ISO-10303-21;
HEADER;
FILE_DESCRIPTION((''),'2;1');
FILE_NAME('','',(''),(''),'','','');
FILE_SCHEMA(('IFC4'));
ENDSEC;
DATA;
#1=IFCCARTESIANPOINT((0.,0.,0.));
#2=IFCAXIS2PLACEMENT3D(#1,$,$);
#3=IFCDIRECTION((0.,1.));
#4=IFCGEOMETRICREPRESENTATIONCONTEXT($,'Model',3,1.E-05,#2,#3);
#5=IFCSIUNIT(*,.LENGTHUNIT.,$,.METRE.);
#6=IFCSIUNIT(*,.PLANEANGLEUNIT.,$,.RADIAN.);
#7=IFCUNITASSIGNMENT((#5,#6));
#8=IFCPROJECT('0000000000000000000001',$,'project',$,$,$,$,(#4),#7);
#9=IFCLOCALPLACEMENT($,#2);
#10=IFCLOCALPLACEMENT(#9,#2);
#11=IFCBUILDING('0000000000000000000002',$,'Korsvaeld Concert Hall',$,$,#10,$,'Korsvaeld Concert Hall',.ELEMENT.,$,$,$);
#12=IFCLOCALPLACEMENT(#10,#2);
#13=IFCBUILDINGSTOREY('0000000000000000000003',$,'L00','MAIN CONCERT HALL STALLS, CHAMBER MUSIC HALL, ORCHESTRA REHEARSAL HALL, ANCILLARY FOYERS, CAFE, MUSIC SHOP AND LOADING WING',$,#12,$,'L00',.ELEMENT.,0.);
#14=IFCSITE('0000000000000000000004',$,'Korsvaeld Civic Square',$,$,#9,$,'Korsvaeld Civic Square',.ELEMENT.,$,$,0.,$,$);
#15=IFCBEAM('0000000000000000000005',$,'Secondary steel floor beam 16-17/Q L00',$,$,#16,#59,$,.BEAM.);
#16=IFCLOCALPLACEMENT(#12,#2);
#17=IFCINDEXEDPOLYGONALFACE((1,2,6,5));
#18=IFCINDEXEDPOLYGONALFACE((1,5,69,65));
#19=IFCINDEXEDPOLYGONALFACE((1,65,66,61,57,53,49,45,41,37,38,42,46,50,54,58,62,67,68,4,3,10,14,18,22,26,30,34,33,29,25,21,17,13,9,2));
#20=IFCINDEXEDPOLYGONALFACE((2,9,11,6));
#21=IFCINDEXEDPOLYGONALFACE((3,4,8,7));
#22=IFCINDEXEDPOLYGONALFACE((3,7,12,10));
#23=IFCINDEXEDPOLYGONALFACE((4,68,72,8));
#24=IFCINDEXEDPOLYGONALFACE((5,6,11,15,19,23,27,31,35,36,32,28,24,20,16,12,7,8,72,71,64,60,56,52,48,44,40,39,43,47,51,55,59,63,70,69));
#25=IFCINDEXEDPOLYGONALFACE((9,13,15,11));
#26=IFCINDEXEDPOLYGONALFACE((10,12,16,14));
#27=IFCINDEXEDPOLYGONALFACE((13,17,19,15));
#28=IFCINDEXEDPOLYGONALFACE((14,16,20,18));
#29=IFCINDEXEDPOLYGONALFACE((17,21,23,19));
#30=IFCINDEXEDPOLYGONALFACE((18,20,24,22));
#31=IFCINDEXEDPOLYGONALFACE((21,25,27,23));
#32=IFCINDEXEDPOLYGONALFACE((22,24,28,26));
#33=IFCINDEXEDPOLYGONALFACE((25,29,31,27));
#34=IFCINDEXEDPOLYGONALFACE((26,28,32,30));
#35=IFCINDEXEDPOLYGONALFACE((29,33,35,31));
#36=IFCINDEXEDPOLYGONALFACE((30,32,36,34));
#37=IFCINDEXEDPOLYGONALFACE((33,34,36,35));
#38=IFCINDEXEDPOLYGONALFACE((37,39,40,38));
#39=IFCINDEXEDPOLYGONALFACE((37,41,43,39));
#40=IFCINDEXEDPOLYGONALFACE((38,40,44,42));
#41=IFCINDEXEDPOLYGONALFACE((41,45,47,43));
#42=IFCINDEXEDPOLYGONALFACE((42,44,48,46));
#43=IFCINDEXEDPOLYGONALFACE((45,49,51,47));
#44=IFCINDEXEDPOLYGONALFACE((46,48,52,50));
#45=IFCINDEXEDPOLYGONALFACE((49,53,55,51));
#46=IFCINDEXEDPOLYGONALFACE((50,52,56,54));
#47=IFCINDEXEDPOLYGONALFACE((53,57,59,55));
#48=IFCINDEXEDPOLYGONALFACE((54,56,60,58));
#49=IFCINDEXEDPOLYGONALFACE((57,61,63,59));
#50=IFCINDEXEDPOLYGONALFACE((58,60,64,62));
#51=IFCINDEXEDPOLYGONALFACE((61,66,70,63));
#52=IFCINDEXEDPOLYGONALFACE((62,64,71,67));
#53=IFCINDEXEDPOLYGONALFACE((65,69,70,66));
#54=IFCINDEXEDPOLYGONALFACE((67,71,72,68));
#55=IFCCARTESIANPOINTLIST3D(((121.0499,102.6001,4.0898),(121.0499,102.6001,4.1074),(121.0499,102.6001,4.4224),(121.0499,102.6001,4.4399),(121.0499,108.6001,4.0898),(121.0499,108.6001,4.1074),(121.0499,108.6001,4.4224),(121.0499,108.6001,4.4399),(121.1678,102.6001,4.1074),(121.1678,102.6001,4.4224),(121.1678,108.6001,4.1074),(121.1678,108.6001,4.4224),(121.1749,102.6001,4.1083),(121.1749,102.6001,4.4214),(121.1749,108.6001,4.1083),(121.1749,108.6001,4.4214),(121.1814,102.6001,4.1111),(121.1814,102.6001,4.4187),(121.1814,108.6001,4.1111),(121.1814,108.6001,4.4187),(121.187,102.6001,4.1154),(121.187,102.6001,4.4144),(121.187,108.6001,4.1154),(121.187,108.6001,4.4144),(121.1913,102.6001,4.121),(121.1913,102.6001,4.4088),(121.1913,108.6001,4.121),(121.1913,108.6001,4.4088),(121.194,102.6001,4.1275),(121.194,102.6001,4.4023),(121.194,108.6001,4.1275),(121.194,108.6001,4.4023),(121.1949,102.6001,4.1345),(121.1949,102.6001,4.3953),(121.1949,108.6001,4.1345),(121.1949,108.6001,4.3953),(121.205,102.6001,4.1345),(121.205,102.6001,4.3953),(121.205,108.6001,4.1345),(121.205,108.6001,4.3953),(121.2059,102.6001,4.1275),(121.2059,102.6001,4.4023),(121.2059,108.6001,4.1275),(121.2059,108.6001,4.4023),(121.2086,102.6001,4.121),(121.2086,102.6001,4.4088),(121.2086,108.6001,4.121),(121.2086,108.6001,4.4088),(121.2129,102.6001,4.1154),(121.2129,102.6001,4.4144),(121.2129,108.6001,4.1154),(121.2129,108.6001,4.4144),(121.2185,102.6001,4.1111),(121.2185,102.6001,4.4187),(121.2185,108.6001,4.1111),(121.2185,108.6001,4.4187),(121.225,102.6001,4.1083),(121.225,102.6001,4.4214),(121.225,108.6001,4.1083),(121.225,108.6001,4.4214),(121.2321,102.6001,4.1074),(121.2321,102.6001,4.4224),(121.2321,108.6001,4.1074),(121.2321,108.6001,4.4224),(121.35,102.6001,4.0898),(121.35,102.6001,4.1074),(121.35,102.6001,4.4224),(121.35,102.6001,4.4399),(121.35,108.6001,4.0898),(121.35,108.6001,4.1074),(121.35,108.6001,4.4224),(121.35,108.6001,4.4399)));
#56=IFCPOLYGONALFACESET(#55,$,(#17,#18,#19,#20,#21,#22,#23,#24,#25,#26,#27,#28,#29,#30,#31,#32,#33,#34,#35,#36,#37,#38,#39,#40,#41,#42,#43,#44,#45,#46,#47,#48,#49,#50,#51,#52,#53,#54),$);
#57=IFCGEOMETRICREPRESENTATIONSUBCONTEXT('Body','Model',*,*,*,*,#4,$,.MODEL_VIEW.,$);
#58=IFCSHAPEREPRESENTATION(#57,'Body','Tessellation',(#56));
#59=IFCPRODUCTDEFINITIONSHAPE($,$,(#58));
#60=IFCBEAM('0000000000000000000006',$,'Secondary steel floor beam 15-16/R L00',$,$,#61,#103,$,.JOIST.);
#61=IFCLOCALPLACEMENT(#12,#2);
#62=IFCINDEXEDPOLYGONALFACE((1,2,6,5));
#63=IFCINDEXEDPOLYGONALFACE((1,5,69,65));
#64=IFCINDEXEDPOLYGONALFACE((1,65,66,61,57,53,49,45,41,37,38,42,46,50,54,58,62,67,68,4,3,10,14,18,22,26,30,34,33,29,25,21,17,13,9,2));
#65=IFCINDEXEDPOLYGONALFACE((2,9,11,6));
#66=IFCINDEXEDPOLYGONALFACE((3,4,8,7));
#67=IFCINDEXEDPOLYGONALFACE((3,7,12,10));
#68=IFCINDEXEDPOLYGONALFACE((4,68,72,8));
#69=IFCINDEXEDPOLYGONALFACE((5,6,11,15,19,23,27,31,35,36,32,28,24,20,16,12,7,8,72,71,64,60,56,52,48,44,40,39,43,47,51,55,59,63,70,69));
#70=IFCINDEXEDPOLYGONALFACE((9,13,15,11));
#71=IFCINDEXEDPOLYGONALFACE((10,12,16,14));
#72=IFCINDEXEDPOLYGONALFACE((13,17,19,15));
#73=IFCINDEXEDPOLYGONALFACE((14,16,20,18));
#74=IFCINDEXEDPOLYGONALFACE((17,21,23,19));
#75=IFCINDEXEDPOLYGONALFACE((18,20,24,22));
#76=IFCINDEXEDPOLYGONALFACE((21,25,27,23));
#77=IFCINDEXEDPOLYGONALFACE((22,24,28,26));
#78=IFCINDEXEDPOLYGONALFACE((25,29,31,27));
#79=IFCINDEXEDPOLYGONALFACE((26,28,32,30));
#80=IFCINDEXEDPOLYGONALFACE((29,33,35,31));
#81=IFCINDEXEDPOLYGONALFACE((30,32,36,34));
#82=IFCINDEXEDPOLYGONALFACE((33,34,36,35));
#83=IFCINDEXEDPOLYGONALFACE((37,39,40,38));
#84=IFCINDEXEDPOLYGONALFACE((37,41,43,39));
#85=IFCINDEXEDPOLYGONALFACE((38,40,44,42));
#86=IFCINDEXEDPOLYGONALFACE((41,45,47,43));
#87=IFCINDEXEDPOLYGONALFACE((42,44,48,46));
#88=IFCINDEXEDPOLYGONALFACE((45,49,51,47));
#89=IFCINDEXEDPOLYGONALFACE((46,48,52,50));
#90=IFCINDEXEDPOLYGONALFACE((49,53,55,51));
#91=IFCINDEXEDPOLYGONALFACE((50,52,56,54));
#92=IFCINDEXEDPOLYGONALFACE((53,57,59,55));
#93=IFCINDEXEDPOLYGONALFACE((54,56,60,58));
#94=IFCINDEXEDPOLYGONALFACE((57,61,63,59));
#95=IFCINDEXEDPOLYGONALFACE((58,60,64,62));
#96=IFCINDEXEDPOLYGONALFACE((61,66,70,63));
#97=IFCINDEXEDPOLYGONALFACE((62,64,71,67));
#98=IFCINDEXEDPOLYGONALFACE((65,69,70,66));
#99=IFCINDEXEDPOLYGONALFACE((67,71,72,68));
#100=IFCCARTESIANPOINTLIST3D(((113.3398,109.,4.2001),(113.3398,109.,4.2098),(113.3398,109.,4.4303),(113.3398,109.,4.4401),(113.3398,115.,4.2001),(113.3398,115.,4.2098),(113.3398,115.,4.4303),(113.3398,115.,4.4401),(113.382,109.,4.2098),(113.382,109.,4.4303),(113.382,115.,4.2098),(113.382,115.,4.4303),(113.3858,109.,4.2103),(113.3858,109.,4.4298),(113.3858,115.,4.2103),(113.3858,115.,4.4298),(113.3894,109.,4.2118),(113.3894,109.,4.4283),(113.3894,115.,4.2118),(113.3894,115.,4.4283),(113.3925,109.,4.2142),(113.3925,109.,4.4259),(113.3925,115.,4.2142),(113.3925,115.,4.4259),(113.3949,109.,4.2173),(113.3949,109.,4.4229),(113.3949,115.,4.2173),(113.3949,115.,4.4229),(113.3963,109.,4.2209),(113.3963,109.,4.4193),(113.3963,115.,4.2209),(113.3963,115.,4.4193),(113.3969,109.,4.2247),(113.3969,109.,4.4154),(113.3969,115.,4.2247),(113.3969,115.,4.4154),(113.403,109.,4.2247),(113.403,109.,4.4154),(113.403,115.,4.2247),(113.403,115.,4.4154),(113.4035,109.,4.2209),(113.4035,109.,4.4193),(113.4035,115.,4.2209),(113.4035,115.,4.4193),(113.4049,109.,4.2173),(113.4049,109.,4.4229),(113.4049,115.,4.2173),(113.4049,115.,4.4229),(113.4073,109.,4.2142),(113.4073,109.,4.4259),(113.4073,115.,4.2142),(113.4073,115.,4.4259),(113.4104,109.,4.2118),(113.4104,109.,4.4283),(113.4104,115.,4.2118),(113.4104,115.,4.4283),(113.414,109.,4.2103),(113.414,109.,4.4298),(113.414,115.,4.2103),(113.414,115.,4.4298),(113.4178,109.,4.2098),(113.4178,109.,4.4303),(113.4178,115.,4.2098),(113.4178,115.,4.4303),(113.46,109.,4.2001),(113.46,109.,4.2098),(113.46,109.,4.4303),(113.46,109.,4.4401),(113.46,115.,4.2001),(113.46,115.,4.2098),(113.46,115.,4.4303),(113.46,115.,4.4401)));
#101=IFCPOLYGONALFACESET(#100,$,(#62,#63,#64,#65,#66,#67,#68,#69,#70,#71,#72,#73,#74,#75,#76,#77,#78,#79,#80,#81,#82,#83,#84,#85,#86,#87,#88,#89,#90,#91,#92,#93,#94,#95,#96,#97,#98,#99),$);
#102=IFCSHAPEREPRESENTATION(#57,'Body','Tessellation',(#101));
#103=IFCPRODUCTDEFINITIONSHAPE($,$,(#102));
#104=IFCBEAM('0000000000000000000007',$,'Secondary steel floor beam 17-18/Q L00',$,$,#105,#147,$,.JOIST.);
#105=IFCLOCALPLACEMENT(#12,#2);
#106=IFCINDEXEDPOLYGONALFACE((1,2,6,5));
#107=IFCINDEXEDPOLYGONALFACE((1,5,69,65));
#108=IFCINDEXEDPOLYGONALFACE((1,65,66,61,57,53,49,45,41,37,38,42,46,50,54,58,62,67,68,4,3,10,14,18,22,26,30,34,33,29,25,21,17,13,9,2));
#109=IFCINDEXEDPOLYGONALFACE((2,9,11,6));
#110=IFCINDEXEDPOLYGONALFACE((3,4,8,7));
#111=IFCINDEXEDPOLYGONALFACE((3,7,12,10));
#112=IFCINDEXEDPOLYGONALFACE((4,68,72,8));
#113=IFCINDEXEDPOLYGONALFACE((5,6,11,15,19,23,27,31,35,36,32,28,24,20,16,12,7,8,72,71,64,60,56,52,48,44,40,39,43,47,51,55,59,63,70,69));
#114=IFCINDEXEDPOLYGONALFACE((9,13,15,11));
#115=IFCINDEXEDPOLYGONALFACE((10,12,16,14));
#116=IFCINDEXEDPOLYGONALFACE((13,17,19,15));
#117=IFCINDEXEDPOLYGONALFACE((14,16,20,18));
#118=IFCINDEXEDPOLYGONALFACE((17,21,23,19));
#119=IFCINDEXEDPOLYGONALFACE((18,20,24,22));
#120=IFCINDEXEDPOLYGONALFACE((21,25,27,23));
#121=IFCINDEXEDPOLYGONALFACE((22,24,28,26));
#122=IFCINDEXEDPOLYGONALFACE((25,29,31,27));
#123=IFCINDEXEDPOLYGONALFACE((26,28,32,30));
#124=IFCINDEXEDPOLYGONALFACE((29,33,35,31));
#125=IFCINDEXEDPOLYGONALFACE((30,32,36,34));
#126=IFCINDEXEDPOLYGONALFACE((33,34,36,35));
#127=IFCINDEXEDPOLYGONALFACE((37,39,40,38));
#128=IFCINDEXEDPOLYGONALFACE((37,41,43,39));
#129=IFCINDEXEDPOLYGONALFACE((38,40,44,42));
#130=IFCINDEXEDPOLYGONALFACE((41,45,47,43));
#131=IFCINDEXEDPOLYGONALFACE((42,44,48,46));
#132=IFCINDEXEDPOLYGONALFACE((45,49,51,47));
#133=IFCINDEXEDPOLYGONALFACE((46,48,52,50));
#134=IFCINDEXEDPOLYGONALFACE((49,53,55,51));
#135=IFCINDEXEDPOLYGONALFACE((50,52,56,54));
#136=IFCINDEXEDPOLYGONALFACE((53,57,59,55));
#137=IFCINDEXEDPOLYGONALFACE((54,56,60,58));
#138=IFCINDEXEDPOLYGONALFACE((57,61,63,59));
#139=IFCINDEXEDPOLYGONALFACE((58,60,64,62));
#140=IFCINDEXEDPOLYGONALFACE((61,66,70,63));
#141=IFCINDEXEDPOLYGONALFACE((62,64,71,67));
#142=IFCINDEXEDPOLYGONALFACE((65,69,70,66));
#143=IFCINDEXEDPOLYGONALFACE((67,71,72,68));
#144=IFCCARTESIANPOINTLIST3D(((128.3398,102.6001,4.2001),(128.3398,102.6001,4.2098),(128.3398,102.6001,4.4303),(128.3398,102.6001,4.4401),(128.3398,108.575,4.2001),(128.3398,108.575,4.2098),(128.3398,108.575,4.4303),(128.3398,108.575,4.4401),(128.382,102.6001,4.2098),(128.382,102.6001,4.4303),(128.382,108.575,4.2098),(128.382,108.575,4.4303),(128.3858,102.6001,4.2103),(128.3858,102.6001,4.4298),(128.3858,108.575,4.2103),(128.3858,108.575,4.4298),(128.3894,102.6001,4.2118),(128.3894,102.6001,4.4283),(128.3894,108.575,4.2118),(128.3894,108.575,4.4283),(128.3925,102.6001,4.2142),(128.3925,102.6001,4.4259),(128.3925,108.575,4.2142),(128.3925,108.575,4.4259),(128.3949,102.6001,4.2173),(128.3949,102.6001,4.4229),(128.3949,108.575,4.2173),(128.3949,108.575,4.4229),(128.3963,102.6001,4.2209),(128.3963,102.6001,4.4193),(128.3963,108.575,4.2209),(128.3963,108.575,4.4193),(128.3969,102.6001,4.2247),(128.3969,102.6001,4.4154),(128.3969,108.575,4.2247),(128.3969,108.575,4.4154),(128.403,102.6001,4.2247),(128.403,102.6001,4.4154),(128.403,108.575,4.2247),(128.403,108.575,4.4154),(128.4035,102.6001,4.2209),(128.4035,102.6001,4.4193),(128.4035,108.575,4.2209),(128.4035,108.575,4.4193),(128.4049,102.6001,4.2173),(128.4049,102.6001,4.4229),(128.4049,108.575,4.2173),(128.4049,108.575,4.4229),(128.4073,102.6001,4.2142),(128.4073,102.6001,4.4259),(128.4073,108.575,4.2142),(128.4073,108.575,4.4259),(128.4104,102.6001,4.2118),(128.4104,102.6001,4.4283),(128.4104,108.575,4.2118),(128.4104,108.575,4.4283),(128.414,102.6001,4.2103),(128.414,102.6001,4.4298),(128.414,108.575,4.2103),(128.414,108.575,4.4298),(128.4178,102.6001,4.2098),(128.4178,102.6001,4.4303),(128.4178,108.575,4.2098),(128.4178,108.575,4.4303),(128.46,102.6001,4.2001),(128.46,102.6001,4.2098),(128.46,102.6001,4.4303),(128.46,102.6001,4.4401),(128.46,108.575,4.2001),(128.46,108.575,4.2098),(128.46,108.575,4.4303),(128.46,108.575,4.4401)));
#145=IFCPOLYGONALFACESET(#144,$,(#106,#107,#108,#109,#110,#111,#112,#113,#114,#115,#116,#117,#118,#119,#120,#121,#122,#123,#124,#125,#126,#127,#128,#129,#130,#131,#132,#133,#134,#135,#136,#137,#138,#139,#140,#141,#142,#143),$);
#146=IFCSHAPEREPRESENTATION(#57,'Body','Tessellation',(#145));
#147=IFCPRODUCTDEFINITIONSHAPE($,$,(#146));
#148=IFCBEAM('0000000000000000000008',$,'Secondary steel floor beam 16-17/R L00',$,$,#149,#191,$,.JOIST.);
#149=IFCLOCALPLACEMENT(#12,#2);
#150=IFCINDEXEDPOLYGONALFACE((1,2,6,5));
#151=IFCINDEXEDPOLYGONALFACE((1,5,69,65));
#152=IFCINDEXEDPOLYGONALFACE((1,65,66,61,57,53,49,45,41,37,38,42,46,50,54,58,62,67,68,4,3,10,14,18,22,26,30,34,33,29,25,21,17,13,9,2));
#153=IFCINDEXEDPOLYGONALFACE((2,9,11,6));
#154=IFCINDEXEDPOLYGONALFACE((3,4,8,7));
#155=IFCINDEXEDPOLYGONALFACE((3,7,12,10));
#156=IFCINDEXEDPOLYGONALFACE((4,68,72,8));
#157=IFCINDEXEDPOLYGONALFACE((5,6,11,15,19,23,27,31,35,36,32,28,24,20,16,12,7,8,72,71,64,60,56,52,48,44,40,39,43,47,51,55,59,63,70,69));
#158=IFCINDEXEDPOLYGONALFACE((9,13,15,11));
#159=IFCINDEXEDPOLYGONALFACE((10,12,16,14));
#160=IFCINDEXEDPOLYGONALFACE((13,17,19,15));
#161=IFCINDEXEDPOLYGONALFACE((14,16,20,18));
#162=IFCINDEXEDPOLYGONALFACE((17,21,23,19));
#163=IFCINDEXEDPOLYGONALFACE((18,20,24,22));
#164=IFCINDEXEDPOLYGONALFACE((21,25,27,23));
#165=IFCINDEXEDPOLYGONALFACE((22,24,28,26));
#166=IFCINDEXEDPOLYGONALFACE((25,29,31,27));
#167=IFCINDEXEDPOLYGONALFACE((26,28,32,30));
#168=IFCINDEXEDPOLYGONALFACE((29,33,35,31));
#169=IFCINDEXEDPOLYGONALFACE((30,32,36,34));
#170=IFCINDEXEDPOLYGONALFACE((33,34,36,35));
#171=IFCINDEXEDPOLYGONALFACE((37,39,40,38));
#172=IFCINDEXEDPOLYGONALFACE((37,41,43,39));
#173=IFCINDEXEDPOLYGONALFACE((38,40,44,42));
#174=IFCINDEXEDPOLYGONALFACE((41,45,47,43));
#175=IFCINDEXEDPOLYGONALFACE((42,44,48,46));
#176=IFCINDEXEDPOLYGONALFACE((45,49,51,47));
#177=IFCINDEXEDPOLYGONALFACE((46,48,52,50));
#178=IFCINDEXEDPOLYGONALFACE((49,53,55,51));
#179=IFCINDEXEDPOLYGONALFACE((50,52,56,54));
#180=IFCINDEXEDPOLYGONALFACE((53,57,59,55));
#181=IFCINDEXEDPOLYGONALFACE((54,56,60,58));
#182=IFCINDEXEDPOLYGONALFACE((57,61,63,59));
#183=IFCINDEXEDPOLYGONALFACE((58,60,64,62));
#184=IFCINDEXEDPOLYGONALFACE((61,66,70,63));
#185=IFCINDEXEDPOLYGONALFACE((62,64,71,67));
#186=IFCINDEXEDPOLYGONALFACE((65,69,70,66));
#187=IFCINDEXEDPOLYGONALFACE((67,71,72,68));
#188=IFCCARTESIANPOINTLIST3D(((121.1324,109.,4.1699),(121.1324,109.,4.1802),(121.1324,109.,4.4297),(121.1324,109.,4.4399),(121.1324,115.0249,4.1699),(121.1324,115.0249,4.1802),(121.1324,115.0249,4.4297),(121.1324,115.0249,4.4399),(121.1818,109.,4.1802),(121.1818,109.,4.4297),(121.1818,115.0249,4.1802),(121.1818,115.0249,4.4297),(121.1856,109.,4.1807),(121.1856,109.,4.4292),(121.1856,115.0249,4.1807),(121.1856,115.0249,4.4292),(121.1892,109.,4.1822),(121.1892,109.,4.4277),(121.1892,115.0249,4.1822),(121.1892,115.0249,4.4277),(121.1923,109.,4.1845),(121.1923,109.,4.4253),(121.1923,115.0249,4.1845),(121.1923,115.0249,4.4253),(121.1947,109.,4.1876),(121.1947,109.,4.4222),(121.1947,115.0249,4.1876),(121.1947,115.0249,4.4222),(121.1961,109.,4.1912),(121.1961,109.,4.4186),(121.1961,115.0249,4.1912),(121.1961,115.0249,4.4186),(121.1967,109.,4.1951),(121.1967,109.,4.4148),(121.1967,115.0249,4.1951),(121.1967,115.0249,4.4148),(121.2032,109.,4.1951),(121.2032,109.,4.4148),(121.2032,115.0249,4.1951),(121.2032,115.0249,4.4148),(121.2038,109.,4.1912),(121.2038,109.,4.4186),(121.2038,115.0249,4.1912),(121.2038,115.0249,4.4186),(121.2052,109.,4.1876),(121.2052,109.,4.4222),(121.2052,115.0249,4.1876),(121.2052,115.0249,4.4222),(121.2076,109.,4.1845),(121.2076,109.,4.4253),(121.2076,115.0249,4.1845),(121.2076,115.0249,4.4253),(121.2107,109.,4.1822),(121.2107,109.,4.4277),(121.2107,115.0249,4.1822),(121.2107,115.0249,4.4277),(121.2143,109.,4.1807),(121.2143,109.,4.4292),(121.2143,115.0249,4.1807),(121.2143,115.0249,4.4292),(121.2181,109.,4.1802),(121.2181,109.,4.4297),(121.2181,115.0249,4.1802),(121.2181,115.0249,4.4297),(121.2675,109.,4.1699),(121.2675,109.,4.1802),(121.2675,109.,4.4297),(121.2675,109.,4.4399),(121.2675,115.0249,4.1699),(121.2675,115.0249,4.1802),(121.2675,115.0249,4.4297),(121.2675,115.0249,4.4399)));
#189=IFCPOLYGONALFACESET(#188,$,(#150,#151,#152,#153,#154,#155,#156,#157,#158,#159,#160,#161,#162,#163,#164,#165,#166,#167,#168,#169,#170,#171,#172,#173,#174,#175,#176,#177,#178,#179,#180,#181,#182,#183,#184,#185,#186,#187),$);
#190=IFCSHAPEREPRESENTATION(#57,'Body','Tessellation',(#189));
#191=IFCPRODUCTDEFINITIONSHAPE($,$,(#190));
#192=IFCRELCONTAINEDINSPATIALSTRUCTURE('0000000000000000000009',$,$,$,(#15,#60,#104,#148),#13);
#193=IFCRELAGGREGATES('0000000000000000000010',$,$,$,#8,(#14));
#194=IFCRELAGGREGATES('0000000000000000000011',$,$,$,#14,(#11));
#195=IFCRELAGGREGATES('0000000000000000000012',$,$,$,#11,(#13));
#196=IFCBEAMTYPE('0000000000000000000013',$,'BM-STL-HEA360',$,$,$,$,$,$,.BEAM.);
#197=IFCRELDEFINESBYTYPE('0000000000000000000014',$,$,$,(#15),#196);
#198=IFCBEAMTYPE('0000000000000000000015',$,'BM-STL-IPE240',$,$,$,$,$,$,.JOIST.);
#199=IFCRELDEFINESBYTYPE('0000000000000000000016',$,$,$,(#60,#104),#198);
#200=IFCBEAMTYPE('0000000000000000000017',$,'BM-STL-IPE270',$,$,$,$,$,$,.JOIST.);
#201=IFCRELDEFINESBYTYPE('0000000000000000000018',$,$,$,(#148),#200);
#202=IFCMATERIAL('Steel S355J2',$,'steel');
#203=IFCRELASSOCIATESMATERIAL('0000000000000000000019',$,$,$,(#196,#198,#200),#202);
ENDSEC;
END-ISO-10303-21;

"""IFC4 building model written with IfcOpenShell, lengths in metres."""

from ifc_helpers import new_model, si_unit, direction, frame, origin, origin_2d, place, context, subcontext, project, spatial, i_section, extrude, material, material_profile, profile_set, type_object, element, save


model = new_model("IFC4")

# Units and contexts
model_context = context("Model", 3, precision=1e-05, world=origin(), true_north=direction((0.0, 1.0)))
body_context = subcontext(model_context, "Body", "Model", "MODEL_VIEW")
ifc_project = project(units=[si_unit("LENGTHUNIT", "METRE"), si_unit("PLANEANGLEUNIT", "RADIAN")], contexts=[model_context])

# Site, building, storey
site_placement = place(None, origin())
site = spatial("IfcSite", under=ifc_project, at=site_placement, Name="Korsvaeld Civic Square", LongName="Korsvaeld Civic Square", CompositionType="ELEMENT", RefElevation=0.0)
building_placement = place(site_placement, origin())
building = spatial("IfcBuilding", under=site, at=building_placement, Name="Korsvaeld Concert Hall", LongName="Korsvaeld Concert Hall", CompositionType="ELEMENT")
storey_placement = place(building_placement, origin())
storey = spatial("IfcBuildingStorey", under=building, at=storey_placement, Name="L00", Description="MAIN CONCERT HALL STALLS, CHAMBER MUSIC HALL, ORCHESTRA REHEARSAL HALL, ANCILLARY FOYERS, CAFE, MUSIC SHOP AND LOADING WING", LongName="L00", CompositionType="ELEMENT", Elevation=0.0)

# Beams
ifc_material_1 = material(Name="Steel S355J2", Category="steel")
ifc_material_profile_1 = material_profile(ifc_material_1, i_section(OverallWidth=0.3, OverallDepth=0.3501, WebThickness=0.01, FlangeThickness=0.0176, FilletRadius=0.0271, at=origin_2d()), Name="HEA 360")
ifc_profile_set_1 = profile_set([ifc_material_profile_1], Name="Steel S355J2")
beam_type_1 = type_object("IfcBeamType", Name="BM-STL-HEA360", PredefinedType="BEAM", material=ifc_profile_set_1)
beam_1_placement = place(storey_placement, frame((121.2, 102.6001, 4.2649), z_axis=(0.0, 1.0, 0.0), x_axis=(-1.0, 0.0, 0.0)))
element("IfcBeam", 1, at=beam_1_placement, inside=storey, type_object=beam_type_1, Name="Secondary steel floor beam 16-17/Q L00", PredefinedType="BEAM", context=body_context, shape_type="SweptSolid", body=[
    extrude(i_section(OverallWidth=0.3, OverallDepth=0.3501, WebThickness=0.01, FlangeThickness=0.0176, FilletRadius=0.0271, at=origin_2d()), origin(), (0.0, 0.0, 1.0), 6.0),
])
ifc_material_profile_2 = material_profile(ifc_material_1, i_section(OverallWidth=0.1201, OverallDepth=0.24, WebThickness=0.0061, FlangeThickness=0.0098, FilletRadius=0.0149, at=origin_2d()), Name="IPE 240")
ifc_profile_set_2 = profile_set([ifc_material_profile_2], Name="Steel S355J2")
beam_type_2 = type_object("IfcBeamType", Name="BM-STL-IPE240", PredefinedType="JOIST", material=ifc_profile_set_2)
beam_2_placement = place(storey_placement, frame((113.3999, 109.0, 4.3201), z_axis=(0.0, 1.0, 0.0), x_axis=(-1.0, 0.0, 0.0)))
element("IfcBeam", 2, at=beam_2_placement, inside=storey, type_object=beam_type_2, Name="Secondary steel floor beam 15-16/R L00", PredefinedType="JOIST", context=body_context, shape_type="SweptSolid", body=[
    extrude(i_section(OverallWidth=0.1201, OverallDepth=0.24, WebThickness=0.0061, FlangeThickness=0.0098, FilletRadius=0.0149, at=origin_2d()), origin(), (0.0, 0.0, 1.0), 6.0),
])
beam_3_placement = place(storey_placement, frame((128.3999, 102.6001, 4.3201), z_axis=(0.0, 1.0, 0.0), x_axis=(-1.0, 0.0, 0.0)))
element("IfcBeam", 3, at=beam_3_placement, inside=storey, type_object=beam_type_2, Name="Secondary steel floor beam 17-18/Q L00", PredefinedType="JOIST", context=body_context, shape_type="SweptSolid", body=[
    extrude(i_section(OverallWidth=0.1201, OverallDepth=0.24, WebThickness=0.0061, FlangeThickness=0.0098, FilletRadius=0.0149, at=origin_2d()), origin(), (0.0, 0.0, 1.0), 5.9749),
])
ifc_material_profile_3 = material_profile(ifc_material_1, i_section(OverallWidth=0.135, OverallDepth=0.27, WebThickness=0.0066, FlangeThickness=0.0103, FilletRadius=0.0149, at=origin_2d()), Name="IPE 270")
ifc_profile_set_3 = profile_set([ifc_material_profile_3], Name="Steel S355J2")
beam_type_3 = type_object("IfcBeamType", Name="BM-STL-IPE270", PredefinedType="JOIST", material=ifc_profile_set_3)
beam_4_placement = place(storey_placement, frame((121.2, 109.0, 4.3049), z_axis=(0.0, 1.0, 0.0), x_axis=(-1.0, 0.0, 0.0)))
element("IfcBeam", 4, at=beam_4_placement, inside=storey, type_object=beam_type_3, Name="Secondary steel floor beam 16-17/R L00", PredefinedType="JOIST", context=body_context, shape_type="SweptSolid", body=[
    extrude(i_section(OverallWidth=0.135, OverallDepth=0.27, WebThickness=0.0066, FlangeThickness=0.0103, FilletRadius=0.0149, at=origin_2d()), origin(), (0.0, 0.0, 1.0), 6.0249),
])

save(model, "model.ifc")
